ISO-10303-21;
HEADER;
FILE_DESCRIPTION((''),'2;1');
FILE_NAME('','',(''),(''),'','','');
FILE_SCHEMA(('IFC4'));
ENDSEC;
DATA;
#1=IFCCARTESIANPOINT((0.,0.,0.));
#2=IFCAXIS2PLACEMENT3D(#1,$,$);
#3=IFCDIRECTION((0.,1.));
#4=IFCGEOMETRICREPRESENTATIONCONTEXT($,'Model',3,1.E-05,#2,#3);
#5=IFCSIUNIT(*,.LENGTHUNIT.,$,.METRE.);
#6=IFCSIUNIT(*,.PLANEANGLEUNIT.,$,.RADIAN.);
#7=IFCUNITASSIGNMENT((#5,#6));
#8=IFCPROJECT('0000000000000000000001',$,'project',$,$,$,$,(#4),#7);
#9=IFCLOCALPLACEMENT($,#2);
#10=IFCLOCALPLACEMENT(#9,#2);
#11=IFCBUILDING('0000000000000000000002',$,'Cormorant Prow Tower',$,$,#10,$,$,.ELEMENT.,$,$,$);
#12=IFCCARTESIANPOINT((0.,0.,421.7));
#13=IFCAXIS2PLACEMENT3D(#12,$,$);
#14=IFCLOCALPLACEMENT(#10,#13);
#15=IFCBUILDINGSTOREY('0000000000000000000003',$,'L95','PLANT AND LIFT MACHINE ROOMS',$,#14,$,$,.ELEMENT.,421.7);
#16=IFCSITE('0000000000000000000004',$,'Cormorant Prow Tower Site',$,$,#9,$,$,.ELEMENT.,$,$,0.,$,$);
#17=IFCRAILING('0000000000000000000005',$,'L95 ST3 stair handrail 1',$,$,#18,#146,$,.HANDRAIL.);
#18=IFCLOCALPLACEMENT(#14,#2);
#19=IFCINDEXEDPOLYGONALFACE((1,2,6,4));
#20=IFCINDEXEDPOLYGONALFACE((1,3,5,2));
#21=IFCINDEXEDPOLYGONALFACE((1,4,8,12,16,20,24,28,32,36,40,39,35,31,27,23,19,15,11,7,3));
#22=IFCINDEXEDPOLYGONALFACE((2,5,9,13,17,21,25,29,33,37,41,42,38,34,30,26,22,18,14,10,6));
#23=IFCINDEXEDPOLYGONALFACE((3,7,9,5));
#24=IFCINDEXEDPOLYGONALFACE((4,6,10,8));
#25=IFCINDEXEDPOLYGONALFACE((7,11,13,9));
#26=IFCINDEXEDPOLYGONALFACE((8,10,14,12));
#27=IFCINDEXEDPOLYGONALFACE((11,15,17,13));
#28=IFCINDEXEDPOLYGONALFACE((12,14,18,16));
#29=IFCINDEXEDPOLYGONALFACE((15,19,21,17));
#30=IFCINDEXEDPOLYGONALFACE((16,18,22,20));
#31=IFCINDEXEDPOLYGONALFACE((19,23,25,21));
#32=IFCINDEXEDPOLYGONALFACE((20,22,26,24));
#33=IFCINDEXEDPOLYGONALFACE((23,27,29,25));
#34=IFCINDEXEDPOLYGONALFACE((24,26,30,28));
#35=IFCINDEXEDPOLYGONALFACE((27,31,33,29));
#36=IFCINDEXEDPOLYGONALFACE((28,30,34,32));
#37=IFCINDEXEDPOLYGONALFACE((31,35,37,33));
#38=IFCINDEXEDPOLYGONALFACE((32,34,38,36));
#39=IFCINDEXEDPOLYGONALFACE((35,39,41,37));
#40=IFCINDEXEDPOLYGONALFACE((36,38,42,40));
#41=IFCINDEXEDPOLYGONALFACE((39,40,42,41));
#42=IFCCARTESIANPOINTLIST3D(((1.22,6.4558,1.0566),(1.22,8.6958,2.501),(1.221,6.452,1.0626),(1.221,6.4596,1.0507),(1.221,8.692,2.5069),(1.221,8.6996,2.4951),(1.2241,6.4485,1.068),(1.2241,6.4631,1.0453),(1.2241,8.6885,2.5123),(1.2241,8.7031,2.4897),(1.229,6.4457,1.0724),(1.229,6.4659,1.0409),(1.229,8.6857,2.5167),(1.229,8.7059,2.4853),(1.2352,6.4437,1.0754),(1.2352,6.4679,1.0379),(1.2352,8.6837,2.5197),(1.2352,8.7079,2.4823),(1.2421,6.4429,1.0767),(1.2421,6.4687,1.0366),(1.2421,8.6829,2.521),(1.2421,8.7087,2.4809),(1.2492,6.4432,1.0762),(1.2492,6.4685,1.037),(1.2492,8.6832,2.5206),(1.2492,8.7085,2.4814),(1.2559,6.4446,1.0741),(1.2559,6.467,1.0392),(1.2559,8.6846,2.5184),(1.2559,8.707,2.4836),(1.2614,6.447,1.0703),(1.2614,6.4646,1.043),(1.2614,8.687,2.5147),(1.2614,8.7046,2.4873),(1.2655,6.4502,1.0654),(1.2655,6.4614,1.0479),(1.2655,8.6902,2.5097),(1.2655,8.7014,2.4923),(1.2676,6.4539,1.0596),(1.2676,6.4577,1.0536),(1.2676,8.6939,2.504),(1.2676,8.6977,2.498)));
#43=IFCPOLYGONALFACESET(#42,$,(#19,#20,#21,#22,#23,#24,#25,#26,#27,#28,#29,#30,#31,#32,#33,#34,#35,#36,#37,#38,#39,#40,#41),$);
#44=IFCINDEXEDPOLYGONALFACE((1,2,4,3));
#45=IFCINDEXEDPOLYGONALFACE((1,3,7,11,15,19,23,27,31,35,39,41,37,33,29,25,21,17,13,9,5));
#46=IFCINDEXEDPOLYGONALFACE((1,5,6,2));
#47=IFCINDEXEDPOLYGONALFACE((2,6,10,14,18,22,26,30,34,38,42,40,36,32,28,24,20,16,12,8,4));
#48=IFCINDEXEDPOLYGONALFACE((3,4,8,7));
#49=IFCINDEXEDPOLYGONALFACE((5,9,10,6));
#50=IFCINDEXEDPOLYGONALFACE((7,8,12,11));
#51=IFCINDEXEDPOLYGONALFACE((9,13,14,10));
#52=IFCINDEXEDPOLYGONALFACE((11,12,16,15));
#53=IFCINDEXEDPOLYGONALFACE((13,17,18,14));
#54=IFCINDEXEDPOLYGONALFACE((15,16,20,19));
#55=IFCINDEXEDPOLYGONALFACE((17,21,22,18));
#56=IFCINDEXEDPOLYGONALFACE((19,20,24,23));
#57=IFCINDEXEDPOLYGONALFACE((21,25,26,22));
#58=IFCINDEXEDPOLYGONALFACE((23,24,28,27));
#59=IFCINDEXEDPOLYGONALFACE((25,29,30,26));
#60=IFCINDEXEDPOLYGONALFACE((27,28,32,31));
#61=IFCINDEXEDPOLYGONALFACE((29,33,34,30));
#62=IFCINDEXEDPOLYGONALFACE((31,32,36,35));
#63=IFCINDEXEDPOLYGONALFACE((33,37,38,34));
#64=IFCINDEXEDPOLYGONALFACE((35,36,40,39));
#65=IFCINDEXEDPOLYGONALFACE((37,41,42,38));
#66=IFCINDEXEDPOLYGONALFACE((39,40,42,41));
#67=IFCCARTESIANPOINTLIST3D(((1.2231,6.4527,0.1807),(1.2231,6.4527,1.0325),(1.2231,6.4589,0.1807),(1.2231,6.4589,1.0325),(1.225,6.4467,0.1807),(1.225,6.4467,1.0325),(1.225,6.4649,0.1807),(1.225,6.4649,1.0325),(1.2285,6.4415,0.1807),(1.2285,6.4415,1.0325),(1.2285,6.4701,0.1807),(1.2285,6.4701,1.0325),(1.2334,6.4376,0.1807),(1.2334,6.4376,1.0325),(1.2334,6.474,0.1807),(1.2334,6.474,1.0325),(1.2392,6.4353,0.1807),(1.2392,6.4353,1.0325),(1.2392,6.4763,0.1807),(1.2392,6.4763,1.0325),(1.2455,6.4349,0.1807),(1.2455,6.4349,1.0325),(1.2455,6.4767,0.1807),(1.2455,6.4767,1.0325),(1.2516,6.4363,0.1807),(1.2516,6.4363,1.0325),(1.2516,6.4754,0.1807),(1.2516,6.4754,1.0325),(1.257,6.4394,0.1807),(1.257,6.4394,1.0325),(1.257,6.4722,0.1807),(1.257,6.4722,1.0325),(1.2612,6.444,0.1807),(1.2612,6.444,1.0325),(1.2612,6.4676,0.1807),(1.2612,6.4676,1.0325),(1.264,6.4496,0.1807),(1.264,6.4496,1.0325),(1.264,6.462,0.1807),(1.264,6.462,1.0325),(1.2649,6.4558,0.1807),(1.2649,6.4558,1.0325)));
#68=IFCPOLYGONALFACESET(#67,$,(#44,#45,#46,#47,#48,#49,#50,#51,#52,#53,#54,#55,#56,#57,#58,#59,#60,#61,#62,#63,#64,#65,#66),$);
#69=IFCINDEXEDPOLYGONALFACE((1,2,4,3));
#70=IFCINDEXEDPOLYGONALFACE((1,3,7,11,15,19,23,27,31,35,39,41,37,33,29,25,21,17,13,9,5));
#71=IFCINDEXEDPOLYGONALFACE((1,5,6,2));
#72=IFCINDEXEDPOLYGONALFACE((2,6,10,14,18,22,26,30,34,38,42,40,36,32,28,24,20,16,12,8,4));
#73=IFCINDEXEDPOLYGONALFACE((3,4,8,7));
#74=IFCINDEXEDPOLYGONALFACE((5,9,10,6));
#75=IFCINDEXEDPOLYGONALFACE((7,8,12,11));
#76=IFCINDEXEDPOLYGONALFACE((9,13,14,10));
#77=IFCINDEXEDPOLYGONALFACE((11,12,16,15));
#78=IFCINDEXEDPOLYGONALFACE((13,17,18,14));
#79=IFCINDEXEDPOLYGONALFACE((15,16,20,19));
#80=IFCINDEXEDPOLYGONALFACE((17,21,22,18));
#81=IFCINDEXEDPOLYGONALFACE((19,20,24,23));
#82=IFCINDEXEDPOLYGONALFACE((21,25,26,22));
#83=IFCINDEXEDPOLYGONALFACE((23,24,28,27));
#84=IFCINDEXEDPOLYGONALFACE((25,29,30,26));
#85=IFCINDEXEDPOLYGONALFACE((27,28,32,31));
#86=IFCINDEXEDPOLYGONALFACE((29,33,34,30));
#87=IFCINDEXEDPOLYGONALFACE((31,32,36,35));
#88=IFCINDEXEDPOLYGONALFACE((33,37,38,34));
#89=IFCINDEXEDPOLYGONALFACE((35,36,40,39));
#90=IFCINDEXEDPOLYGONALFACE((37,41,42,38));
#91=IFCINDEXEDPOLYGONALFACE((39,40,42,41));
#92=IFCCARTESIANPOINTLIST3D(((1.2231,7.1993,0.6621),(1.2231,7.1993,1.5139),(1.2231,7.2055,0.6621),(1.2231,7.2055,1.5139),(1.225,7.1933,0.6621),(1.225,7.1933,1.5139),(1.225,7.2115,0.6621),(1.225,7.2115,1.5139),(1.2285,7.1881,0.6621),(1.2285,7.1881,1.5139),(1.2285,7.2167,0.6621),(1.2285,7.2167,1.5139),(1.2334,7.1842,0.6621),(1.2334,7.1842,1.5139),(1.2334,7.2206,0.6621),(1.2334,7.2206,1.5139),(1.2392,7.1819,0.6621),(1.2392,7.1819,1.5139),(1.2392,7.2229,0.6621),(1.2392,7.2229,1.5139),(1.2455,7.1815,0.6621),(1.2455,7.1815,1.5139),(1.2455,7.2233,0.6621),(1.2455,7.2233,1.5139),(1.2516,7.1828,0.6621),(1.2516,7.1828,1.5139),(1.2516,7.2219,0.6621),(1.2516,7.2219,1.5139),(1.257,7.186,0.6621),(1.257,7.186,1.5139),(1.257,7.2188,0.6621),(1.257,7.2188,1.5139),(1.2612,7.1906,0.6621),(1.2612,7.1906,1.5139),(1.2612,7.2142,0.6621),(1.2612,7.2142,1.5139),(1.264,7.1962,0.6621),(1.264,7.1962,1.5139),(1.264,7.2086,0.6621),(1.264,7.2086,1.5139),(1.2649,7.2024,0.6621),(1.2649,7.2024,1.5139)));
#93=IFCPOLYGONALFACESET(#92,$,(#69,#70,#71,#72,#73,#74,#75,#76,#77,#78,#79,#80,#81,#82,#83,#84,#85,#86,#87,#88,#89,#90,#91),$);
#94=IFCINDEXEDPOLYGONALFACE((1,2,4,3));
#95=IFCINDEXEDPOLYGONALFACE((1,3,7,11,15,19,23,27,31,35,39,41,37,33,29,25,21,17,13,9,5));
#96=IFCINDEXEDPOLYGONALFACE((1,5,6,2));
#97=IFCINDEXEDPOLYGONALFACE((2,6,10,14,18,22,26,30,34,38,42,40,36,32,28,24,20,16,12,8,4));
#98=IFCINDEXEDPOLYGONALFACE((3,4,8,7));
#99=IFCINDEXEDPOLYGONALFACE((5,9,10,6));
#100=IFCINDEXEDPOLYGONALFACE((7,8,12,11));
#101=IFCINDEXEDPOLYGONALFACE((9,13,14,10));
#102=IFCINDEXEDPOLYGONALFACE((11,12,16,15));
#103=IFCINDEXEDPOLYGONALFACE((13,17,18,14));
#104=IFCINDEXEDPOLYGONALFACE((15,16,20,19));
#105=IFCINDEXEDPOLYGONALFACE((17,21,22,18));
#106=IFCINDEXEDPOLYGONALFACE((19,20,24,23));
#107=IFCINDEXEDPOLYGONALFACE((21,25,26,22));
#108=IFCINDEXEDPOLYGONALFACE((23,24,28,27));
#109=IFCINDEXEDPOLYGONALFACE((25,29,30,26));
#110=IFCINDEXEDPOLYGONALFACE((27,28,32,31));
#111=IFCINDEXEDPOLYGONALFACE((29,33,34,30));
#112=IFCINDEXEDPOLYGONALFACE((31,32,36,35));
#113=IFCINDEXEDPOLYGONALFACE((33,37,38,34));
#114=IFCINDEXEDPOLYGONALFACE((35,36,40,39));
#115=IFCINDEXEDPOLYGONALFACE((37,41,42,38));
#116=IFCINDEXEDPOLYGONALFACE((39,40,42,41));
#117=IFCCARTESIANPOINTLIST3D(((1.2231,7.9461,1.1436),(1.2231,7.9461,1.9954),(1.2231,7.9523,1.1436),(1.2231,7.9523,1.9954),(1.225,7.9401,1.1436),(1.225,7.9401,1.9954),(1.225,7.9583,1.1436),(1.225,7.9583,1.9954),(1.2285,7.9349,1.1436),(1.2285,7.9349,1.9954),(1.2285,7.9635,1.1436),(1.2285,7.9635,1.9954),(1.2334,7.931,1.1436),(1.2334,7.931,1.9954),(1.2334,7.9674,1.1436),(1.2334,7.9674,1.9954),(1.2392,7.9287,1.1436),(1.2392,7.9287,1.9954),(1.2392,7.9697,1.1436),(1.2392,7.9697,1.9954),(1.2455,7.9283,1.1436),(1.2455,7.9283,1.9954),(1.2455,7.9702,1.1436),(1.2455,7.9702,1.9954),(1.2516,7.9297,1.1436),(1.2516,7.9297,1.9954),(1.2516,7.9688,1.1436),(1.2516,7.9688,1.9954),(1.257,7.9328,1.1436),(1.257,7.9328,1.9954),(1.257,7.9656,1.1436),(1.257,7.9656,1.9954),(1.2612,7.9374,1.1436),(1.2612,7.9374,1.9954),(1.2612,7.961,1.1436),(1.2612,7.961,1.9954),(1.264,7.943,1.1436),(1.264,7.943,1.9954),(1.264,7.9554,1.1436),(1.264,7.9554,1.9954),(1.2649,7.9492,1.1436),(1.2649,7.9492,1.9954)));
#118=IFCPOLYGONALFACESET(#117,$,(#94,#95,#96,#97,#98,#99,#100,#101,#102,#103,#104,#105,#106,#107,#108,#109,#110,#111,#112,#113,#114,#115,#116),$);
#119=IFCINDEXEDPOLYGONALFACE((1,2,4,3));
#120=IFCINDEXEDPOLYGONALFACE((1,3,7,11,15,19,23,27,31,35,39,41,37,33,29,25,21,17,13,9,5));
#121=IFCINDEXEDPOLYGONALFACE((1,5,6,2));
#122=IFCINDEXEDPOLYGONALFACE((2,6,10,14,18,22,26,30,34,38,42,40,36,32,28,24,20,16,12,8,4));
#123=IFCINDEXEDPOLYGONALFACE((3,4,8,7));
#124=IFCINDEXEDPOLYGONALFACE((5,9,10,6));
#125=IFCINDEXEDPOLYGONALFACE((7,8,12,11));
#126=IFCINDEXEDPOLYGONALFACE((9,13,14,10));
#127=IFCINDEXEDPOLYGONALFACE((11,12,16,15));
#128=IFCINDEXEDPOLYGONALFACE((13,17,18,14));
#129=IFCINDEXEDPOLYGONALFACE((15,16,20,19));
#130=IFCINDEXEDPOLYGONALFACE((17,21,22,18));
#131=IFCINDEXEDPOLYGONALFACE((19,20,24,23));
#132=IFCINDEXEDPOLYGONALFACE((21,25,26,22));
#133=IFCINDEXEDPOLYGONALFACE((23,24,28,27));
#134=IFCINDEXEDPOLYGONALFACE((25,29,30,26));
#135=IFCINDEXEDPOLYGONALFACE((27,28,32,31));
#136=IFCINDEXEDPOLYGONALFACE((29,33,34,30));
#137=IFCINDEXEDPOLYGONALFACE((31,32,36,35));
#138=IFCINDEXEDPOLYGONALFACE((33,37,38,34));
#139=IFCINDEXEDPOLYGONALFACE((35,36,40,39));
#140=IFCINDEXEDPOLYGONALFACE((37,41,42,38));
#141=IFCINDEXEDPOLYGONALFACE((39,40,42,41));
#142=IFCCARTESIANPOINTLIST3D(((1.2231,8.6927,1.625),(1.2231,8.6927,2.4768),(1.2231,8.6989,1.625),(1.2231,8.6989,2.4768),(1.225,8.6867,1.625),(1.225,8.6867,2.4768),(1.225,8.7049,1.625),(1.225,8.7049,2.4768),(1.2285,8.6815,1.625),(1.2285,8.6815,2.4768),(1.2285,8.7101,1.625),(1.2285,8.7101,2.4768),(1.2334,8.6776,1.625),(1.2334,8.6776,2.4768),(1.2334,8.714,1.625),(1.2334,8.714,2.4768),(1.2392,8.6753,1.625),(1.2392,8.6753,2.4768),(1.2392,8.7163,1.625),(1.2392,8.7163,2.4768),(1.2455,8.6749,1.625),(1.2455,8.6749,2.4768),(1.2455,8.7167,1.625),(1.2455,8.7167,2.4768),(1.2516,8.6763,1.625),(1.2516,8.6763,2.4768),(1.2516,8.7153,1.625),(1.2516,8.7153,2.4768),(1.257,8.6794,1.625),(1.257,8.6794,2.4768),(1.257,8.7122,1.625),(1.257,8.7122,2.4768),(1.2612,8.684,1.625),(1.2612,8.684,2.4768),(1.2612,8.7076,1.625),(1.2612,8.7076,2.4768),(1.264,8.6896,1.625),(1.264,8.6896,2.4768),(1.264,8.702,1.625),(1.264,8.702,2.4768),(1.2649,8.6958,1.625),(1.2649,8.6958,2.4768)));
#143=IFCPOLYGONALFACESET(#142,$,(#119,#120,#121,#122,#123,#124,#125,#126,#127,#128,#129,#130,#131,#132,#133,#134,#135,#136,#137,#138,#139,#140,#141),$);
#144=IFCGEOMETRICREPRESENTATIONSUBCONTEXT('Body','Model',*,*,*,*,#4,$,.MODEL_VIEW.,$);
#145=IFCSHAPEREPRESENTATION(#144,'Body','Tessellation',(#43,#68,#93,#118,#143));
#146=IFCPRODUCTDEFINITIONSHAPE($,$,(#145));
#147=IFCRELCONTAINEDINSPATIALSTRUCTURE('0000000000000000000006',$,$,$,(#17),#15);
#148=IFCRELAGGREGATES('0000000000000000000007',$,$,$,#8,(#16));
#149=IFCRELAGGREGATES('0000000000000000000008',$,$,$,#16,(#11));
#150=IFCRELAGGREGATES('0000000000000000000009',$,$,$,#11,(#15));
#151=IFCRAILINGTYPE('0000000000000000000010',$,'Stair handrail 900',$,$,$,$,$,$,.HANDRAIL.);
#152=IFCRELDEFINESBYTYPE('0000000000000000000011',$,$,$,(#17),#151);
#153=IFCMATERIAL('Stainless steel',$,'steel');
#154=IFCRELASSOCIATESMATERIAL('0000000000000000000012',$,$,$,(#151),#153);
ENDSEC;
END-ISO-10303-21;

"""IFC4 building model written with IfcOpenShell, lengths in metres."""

from ifc_helpers import new_model, si_unit, direction, frame, origin, origin_2d, place, context, subcontext, project, spatial, circle, extrude, material, type_object, element, save


model = new_model("IFC4")

# Units and contexts
model_context = context("Model", 3, precision=1e-05, world=origin(), true_north=direction((0.0, 1.0)))
body_context = subcontext(model_context, "Body", "Model", "MODEL_VIEW")
ifc_project = project(units=[si_unit("LENGTHUNIT", "METRE"), si_unit("PLANEANGLEUNIT", "RADIAN")], contexts=[model_context])

# Site, building, storey
site_placement = place(None, origin())
site = spatial("IfcSite", under=ifc_project, at=site_placement, Name="Cormorant Prow Tower Site", CompositionType="ELEMENT", RefElevation=0.0)
building_placement = place(site_placement, origin())
building = spatial("IfcBuilding", under=site, at=building_placement, Name="Cormorant Prow Tower", CompositionType="ELEMENT")
storey_placement = place(building_placement, frame((0.0, 0.0, 421.7)))
storey = spatial("IfcBuildingStorey", under=building, at=storey_placement, Name="L95", Description="PLANT AND LIFT MACHINE ROOMS", CompositionType="ELEMENT", Elevation=421.7)

# Railing
ifc_material_1 = material(Name="Stainless steel", Category="steel")
railing_type_1 = type_object("IfcRailingType", Name="Stair handrail 900", PredefinedType="HANDRAIL", material=ifc_material_1)
for number, where, name in (
    (1, (1.2439, 6.4558, 0.1807), "L95 ST3 stair handrail 1"),
):
    element("IfcRailing", number, at=place(storey_placement, frame(where)), inside=storey, type_object=railing_type_1, Name=name, PredefinedType="HANDRAIL", context=body_context, shape_type="SweptSolid", body=[
        extrude(circle(Radius=0.0239, at=origin_2d()), frame((0.0, 0.0, 0.876), z_axis=(0.0, 0.840437, 0.54191), x_axis=(-1.0, 0.0, 0.0)), (0.0, 0.0, 1.0), 2.6653),
        extrude(circle(Radius=0.021, at=origin_2d()), origin(), (0.0, 0.0, 1.0), 0.8518),
        extrude(circle(Radius=0.021, at=origin_2d()), frame((0.0, 0.7466, 0.4814)), (0.0, 0.0, 1.0), 0.8518),
        extrude(circle(Radius=0.021, at=origin_2d()), frame((0.0, 1.4934, 0.9629)), (0.0, 0.0, 1.0), 0.8518),
        extrude(circle(Radius=0.021, at=origin_2d()), frame((0.0, 2.24, 1.4443)), (0.0, 0.0, 1.0), 0.8518),
    ])

save(model, "model.ifc")
